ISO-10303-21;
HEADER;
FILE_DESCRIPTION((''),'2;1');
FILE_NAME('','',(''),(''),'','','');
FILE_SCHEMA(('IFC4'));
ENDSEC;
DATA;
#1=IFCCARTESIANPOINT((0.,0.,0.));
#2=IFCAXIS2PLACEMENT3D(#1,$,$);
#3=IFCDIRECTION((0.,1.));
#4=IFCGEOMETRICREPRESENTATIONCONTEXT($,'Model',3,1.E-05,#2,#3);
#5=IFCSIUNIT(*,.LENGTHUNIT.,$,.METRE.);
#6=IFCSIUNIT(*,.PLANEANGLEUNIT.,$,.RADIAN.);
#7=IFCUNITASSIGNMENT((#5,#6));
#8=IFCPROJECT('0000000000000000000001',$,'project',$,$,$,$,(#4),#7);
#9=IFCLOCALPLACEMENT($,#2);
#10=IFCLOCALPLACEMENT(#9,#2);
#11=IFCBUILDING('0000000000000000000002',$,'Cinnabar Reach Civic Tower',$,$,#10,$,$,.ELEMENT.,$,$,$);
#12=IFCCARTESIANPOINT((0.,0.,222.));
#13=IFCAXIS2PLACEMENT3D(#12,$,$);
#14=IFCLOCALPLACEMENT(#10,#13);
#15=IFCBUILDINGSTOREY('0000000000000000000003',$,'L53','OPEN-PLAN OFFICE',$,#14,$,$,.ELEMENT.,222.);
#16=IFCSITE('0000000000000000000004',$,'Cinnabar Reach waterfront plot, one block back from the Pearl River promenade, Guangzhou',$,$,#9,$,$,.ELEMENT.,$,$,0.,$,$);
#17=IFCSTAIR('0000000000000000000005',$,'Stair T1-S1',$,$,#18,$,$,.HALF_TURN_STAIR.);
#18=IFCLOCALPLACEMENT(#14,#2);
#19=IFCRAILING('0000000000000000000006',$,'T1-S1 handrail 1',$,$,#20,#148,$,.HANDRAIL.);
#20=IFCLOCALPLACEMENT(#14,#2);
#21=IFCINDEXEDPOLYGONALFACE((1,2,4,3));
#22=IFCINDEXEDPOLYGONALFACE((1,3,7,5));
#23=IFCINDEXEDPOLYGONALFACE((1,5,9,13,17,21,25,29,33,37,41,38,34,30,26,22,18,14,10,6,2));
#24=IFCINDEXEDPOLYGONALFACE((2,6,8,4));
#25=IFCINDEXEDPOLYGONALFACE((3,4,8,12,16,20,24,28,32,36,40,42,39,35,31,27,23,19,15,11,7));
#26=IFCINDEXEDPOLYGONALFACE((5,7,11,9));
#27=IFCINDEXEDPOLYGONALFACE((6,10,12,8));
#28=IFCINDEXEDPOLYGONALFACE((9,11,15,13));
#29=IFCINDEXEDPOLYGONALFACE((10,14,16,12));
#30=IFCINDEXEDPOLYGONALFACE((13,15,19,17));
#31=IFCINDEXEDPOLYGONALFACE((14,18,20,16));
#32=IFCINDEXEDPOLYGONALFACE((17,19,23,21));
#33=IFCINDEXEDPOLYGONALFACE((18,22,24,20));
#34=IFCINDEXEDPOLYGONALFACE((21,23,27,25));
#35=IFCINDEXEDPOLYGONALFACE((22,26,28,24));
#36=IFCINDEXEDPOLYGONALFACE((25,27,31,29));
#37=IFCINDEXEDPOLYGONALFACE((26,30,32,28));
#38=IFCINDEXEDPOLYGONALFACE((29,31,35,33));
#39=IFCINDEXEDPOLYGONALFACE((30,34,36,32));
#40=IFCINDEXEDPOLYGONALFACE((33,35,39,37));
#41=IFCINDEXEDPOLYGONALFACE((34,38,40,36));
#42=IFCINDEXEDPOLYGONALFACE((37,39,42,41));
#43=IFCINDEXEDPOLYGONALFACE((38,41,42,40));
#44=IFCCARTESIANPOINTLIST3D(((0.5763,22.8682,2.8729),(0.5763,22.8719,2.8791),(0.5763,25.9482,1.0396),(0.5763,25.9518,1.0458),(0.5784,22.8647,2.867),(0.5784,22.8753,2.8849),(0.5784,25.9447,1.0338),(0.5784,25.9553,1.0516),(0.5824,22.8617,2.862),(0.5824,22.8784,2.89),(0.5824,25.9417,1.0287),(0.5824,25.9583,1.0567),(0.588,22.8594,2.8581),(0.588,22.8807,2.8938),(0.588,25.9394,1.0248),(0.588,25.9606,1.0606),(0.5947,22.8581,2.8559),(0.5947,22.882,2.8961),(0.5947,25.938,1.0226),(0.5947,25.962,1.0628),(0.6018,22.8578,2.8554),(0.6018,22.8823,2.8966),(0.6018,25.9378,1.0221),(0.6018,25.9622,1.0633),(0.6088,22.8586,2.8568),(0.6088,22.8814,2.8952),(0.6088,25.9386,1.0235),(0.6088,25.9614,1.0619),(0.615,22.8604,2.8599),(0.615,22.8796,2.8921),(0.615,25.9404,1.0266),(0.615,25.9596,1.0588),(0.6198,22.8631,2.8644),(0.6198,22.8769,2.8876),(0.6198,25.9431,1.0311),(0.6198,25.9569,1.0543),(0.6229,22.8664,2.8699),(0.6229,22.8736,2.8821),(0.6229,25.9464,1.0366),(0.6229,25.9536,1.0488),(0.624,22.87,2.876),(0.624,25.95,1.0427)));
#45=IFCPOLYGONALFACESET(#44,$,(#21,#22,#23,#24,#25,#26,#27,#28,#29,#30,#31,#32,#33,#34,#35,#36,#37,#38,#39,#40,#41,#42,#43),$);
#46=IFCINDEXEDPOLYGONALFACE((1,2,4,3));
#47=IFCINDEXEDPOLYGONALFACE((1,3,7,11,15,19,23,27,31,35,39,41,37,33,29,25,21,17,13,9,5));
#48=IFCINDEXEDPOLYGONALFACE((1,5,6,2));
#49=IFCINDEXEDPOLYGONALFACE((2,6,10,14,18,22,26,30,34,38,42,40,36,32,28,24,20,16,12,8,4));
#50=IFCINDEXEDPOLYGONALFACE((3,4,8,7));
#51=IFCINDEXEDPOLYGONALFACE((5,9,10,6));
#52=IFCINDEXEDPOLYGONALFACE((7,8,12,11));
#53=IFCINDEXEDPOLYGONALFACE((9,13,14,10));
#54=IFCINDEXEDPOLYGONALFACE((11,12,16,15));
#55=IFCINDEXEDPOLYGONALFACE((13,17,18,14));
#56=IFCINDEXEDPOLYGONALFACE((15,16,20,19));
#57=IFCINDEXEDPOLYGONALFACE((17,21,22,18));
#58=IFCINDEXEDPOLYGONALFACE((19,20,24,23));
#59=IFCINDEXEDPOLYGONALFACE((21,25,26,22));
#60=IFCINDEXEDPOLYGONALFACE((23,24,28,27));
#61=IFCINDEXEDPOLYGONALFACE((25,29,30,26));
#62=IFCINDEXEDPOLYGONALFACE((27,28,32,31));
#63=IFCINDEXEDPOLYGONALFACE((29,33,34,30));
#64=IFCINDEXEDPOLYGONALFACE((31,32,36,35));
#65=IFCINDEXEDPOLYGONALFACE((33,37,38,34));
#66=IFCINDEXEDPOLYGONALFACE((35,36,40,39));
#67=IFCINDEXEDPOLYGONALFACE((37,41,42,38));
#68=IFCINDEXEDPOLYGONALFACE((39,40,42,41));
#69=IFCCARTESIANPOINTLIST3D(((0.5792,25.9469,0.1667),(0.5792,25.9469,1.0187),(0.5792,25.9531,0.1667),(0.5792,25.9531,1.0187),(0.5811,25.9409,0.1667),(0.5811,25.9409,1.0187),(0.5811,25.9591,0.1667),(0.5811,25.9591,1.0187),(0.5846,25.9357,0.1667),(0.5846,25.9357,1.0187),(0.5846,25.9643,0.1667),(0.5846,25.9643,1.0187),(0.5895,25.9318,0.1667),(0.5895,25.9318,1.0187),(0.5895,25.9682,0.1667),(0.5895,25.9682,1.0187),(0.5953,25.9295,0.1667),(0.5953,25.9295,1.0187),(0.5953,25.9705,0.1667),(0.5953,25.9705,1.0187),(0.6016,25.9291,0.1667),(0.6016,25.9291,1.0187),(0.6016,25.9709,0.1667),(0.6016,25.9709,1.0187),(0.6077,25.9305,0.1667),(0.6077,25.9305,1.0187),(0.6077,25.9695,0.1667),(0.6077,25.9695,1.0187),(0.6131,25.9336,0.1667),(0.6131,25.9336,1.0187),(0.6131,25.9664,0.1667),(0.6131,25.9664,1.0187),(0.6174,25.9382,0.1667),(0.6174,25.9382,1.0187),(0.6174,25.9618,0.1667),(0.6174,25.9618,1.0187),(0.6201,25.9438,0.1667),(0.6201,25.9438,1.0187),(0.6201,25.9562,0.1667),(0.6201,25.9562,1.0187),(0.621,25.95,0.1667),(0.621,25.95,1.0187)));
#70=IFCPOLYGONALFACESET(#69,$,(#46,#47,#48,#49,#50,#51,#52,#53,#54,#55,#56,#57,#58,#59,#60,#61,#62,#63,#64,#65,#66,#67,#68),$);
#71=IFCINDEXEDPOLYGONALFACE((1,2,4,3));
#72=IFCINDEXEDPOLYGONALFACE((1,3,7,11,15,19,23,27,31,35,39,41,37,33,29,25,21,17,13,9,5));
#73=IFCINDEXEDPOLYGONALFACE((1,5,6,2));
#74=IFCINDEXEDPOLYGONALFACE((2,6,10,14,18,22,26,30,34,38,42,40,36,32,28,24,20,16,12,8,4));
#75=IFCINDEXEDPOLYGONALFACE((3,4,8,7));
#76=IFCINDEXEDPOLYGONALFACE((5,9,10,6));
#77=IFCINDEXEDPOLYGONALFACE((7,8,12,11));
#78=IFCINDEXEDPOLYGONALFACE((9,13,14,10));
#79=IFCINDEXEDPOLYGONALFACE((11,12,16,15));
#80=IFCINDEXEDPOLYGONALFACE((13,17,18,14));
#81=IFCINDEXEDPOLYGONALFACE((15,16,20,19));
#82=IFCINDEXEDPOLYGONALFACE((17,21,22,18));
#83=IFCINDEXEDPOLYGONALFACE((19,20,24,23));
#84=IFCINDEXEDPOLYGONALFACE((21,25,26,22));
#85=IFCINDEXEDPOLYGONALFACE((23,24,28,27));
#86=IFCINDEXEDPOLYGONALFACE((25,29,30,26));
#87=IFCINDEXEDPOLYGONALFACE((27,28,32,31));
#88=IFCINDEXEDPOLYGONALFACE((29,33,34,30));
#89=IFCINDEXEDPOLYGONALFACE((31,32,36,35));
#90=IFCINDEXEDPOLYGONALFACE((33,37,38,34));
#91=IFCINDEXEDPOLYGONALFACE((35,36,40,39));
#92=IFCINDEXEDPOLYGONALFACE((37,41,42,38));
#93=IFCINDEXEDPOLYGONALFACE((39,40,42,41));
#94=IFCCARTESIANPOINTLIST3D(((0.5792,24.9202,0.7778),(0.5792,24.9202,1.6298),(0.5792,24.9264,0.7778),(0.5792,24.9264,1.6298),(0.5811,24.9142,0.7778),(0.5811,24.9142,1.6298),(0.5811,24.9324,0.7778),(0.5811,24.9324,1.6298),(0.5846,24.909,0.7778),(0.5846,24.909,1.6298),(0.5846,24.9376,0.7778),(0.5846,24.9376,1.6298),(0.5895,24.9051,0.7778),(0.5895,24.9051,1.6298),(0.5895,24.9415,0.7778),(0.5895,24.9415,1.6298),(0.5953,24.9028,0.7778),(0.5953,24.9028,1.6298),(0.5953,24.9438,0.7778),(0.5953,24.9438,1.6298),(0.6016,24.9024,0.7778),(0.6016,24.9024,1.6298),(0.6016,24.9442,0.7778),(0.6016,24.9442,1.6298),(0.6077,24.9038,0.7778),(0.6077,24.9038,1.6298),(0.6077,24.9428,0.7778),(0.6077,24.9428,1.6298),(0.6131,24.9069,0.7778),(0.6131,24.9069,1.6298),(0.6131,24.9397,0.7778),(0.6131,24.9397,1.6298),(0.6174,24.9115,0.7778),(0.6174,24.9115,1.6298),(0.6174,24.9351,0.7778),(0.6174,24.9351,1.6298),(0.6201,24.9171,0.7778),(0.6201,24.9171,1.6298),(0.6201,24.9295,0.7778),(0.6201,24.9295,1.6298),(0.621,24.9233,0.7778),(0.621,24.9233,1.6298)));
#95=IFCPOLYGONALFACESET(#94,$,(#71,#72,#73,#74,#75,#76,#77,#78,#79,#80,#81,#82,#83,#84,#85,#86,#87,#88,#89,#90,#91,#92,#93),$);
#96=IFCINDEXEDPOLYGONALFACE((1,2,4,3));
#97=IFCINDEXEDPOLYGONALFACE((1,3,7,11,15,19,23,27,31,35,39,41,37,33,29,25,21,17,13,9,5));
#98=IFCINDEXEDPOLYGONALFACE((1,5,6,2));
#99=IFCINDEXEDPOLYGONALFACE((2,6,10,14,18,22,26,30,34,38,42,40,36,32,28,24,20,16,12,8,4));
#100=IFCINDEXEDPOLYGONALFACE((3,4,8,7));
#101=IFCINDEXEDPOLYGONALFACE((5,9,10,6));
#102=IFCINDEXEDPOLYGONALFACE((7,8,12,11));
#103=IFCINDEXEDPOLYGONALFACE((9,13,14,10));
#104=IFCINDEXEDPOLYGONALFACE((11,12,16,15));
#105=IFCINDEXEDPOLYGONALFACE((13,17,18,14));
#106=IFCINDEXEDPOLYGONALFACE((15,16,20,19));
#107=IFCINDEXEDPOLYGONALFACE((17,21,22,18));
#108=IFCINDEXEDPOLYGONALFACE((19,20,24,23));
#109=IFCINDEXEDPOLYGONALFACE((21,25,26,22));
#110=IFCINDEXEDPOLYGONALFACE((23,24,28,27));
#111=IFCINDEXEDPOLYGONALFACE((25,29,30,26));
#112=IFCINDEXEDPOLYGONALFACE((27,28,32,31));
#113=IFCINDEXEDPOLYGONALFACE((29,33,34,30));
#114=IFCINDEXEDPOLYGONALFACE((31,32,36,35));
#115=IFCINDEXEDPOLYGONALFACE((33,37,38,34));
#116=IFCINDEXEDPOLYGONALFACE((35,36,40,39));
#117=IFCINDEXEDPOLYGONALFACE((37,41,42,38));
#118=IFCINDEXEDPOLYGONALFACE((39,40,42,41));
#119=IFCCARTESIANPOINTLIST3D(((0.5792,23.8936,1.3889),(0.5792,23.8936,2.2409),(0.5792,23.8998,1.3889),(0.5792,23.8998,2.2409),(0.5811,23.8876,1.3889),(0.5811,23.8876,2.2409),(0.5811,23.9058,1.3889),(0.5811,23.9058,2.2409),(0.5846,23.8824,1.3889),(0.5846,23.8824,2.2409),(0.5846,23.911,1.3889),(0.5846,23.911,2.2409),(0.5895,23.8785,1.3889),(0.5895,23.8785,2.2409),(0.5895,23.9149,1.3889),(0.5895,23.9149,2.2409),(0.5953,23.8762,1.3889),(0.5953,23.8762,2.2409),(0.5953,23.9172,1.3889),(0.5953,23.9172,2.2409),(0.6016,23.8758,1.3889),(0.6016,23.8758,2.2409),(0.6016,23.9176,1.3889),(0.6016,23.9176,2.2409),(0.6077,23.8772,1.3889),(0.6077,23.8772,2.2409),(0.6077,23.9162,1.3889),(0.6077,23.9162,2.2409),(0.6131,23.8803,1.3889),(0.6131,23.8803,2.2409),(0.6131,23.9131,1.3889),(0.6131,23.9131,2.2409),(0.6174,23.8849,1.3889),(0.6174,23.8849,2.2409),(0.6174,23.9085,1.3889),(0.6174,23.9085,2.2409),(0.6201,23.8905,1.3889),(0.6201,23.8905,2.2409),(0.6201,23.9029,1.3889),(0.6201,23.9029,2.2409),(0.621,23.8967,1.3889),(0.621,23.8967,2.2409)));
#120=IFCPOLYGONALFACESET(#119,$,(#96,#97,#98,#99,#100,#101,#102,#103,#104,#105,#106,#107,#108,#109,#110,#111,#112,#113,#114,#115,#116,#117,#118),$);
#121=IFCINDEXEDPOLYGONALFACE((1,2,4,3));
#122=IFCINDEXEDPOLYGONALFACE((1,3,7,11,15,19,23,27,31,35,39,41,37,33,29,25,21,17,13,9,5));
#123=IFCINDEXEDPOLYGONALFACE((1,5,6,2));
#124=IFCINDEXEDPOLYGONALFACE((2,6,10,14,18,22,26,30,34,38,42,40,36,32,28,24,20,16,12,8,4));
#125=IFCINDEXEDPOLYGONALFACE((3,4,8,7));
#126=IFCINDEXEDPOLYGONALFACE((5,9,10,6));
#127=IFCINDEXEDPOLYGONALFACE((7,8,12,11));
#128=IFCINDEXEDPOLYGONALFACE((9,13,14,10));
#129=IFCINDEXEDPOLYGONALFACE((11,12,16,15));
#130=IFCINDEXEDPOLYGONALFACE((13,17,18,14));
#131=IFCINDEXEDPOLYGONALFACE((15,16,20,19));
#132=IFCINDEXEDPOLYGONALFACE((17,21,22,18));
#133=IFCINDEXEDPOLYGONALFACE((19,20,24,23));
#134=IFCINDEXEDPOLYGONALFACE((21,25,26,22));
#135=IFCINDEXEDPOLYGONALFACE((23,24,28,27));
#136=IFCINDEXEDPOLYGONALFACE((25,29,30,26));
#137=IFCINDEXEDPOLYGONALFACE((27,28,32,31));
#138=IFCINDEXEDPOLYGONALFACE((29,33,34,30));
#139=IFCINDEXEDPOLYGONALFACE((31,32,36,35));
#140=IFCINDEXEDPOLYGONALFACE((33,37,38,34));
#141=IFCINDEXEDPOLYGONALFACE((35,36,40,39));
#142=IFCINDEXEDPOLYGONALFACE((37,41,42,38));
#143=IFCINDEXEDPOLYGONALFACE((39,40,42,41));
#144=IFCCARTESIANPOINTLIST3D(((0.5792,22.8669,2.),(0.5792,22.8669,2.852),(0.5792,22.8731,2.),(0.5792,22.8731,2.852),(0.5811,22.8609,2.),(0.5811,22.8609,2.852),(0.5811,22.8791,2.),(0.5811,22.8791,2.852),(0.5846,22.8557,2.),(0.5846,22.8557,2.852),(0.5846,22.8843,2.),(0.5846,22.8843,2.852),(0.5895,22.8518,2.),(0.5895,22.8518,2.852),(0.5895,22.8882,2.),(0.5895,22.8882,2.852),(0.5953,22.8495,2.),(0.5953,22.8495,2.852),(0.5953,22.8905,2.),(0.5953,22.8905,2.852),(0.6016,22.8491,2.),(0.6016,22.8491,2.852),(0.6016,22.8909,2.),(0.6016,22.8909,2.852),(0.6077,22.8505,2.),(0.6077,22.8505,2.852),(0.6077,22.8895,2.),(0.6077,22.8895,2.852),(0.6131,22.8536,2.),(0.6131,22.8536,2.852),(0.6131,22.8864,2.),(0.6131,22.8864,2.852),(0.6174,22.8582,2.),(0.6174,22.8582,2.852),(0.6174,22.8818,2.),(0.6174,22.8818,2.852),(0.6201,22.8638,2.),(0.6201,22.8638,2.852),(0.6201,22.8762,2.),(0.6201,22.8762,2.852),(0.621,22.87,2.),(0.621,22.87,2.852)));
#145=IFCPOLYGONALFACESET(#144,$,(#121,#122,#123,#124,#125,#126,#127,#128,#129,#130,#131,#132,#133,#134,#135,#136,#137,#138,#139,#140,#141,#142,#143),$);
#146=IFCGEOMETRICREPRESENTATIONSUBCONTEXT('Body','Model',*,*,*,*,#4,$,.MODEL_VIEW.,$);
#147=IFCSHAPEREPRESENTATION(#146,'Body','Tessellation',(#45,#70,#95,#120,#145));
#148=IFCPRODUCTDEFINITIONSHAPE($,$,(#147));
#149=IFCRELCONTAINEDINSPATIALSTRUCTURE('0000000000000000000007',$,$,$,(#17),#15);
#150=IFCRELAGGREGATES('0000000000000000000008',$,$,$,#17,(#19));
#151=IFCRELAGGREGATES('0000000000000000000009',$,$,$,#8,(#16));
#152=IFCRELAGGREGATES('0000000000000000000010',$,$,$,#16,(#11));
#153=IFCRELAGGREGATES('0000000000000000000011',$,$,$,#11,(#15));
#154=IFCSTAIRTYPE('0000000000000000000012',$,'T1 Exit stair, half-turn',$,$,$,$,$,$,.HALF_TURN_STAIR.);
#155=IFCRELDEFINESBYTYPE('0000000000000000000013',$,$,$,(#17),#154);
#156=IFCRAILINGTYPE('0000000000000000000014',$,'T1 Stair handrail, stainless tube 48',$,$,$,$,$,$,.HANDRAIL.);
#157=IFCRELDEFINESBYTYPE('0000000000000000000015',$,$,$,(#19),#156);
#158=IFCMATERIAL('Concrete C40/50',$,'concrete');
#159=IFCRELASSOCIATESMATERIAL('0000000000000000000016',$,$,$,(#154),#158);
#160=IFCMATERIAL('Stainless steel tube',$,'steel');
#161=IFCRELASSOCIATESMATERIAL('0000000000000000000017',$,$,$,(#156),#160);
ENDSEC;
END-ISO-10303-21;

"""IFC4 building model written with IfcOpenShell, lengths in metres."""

from ifc_helpers import new_model, si_unit, direction, frame, origin, origin_2d, place, context, subcontext, project, spatial, circle, extrude, material, type_object, element, aggregate, save


model = new_model("IFC4")

# Units and contexts
model_context = context("Model", 3, precision=1e-05, world=origin(), true_north=direction((0.0, 1.0)))
body_context = subcontext(model_context, "Body", "Model", "MODEL_VIEW")
ifc_project = project(units=[si_unit("LENGTHUNIT", "METRE"), si_unit("PLANEANGLEUNIT", "RADIAN")], contexts=[model_context])

# Site, building, storey
site_placement = place(None, origin())
site = spatial("IfcSite", under=ifc_project, at=site_placement, Name="Cinnabar Reach waterfront plot, one block back from the Pearl River promenade, Guangzhou", CompositionType="ELEMENT", RefElevation=0.0)
building_placement = place(site_placement, origin())
building = spatial("IfcBuilding", under=site, at=building_placement, Name="Cinnabar Reach Civic Tower", CompositionType="ELEMENT")
storey_placement = place(building_placement, frame((0.0, 0.0, 222.0)))
storey = spatial("IfcBuildingStorey", under=building, at=storey_placement, Name="L53", Description="OPEN-PLAN OFFICE", CompositionType="ELEMENT", Elevation=222.0)

# Shared definitions
ifc_material_1 = material(Name="Concrete C40/50", Category="concrete")

# Stair, railing
stair_type = type_object("IfcStairType", Name="T1 Exit stair, half-turn", PredefinedType="HALF_TURN_STAIR", material=ifc_material_1)
stair_placement = place(storey_placement, origin())
stair = element("IfcStair", 1, at=stair_placement, inside=storey, type_object=stair_type, Name="Stair T1-S1", PredefinedType="HALF_TURN_STAIR")
ifc_material_2 = material(Name="Stainless steel tube", Category="steel")
railing_type = type_object("IfcRailingType", Name="T1 Stair handrail, stainless tube 48", PredefinedType="HANDRAIL", material=ifc_material_2)
railing_1_placement = place(storey_placement, frame((0.6, 25.95, 0.1667)))
railing_1 = element("IfcRailing", 2, at=railing_1_placement, type_object=railing_type, Name="T1-S1 handrail 1", PredefinedType="HANDRAIL", context=body_context, shape_type="SweptSolid", body=[
    extrude(circle(Radius=0.024, at=origin_2d()), frame((0.0, 0.0, 0.876), z_axis=(0.0, -0.859297, 0.511477), x_axis=(1.0, 0.0, 0.0)), (0.0, 0.0, 1.0), 3.5843),
    extrude(circle(Radius=0.021, at=origin_2d()), origin(), (0.0, 0.0, 1.0), 0.852),
    extrude(circle(Radius=0.021, at=origin_2d()), frame((0.0, -1.0267, 0.6111)), (0.0, 0.0, 1.0), 0.852),
    extrude(circle(Radius=0.021, at=origin_2d()), frame((0.0, -2.0533, 1.2222)), (0.0, 0.0, 1.0), 0.852),
    extrude(circle(Radius=0.021, at=origin_2d()), frame((0.0, -3.08, 1.8333)), (0.0, 0.0, 1.0), 0.852),
])
aggregate(stair, [railing_1])

save(model, "model.ifc")
